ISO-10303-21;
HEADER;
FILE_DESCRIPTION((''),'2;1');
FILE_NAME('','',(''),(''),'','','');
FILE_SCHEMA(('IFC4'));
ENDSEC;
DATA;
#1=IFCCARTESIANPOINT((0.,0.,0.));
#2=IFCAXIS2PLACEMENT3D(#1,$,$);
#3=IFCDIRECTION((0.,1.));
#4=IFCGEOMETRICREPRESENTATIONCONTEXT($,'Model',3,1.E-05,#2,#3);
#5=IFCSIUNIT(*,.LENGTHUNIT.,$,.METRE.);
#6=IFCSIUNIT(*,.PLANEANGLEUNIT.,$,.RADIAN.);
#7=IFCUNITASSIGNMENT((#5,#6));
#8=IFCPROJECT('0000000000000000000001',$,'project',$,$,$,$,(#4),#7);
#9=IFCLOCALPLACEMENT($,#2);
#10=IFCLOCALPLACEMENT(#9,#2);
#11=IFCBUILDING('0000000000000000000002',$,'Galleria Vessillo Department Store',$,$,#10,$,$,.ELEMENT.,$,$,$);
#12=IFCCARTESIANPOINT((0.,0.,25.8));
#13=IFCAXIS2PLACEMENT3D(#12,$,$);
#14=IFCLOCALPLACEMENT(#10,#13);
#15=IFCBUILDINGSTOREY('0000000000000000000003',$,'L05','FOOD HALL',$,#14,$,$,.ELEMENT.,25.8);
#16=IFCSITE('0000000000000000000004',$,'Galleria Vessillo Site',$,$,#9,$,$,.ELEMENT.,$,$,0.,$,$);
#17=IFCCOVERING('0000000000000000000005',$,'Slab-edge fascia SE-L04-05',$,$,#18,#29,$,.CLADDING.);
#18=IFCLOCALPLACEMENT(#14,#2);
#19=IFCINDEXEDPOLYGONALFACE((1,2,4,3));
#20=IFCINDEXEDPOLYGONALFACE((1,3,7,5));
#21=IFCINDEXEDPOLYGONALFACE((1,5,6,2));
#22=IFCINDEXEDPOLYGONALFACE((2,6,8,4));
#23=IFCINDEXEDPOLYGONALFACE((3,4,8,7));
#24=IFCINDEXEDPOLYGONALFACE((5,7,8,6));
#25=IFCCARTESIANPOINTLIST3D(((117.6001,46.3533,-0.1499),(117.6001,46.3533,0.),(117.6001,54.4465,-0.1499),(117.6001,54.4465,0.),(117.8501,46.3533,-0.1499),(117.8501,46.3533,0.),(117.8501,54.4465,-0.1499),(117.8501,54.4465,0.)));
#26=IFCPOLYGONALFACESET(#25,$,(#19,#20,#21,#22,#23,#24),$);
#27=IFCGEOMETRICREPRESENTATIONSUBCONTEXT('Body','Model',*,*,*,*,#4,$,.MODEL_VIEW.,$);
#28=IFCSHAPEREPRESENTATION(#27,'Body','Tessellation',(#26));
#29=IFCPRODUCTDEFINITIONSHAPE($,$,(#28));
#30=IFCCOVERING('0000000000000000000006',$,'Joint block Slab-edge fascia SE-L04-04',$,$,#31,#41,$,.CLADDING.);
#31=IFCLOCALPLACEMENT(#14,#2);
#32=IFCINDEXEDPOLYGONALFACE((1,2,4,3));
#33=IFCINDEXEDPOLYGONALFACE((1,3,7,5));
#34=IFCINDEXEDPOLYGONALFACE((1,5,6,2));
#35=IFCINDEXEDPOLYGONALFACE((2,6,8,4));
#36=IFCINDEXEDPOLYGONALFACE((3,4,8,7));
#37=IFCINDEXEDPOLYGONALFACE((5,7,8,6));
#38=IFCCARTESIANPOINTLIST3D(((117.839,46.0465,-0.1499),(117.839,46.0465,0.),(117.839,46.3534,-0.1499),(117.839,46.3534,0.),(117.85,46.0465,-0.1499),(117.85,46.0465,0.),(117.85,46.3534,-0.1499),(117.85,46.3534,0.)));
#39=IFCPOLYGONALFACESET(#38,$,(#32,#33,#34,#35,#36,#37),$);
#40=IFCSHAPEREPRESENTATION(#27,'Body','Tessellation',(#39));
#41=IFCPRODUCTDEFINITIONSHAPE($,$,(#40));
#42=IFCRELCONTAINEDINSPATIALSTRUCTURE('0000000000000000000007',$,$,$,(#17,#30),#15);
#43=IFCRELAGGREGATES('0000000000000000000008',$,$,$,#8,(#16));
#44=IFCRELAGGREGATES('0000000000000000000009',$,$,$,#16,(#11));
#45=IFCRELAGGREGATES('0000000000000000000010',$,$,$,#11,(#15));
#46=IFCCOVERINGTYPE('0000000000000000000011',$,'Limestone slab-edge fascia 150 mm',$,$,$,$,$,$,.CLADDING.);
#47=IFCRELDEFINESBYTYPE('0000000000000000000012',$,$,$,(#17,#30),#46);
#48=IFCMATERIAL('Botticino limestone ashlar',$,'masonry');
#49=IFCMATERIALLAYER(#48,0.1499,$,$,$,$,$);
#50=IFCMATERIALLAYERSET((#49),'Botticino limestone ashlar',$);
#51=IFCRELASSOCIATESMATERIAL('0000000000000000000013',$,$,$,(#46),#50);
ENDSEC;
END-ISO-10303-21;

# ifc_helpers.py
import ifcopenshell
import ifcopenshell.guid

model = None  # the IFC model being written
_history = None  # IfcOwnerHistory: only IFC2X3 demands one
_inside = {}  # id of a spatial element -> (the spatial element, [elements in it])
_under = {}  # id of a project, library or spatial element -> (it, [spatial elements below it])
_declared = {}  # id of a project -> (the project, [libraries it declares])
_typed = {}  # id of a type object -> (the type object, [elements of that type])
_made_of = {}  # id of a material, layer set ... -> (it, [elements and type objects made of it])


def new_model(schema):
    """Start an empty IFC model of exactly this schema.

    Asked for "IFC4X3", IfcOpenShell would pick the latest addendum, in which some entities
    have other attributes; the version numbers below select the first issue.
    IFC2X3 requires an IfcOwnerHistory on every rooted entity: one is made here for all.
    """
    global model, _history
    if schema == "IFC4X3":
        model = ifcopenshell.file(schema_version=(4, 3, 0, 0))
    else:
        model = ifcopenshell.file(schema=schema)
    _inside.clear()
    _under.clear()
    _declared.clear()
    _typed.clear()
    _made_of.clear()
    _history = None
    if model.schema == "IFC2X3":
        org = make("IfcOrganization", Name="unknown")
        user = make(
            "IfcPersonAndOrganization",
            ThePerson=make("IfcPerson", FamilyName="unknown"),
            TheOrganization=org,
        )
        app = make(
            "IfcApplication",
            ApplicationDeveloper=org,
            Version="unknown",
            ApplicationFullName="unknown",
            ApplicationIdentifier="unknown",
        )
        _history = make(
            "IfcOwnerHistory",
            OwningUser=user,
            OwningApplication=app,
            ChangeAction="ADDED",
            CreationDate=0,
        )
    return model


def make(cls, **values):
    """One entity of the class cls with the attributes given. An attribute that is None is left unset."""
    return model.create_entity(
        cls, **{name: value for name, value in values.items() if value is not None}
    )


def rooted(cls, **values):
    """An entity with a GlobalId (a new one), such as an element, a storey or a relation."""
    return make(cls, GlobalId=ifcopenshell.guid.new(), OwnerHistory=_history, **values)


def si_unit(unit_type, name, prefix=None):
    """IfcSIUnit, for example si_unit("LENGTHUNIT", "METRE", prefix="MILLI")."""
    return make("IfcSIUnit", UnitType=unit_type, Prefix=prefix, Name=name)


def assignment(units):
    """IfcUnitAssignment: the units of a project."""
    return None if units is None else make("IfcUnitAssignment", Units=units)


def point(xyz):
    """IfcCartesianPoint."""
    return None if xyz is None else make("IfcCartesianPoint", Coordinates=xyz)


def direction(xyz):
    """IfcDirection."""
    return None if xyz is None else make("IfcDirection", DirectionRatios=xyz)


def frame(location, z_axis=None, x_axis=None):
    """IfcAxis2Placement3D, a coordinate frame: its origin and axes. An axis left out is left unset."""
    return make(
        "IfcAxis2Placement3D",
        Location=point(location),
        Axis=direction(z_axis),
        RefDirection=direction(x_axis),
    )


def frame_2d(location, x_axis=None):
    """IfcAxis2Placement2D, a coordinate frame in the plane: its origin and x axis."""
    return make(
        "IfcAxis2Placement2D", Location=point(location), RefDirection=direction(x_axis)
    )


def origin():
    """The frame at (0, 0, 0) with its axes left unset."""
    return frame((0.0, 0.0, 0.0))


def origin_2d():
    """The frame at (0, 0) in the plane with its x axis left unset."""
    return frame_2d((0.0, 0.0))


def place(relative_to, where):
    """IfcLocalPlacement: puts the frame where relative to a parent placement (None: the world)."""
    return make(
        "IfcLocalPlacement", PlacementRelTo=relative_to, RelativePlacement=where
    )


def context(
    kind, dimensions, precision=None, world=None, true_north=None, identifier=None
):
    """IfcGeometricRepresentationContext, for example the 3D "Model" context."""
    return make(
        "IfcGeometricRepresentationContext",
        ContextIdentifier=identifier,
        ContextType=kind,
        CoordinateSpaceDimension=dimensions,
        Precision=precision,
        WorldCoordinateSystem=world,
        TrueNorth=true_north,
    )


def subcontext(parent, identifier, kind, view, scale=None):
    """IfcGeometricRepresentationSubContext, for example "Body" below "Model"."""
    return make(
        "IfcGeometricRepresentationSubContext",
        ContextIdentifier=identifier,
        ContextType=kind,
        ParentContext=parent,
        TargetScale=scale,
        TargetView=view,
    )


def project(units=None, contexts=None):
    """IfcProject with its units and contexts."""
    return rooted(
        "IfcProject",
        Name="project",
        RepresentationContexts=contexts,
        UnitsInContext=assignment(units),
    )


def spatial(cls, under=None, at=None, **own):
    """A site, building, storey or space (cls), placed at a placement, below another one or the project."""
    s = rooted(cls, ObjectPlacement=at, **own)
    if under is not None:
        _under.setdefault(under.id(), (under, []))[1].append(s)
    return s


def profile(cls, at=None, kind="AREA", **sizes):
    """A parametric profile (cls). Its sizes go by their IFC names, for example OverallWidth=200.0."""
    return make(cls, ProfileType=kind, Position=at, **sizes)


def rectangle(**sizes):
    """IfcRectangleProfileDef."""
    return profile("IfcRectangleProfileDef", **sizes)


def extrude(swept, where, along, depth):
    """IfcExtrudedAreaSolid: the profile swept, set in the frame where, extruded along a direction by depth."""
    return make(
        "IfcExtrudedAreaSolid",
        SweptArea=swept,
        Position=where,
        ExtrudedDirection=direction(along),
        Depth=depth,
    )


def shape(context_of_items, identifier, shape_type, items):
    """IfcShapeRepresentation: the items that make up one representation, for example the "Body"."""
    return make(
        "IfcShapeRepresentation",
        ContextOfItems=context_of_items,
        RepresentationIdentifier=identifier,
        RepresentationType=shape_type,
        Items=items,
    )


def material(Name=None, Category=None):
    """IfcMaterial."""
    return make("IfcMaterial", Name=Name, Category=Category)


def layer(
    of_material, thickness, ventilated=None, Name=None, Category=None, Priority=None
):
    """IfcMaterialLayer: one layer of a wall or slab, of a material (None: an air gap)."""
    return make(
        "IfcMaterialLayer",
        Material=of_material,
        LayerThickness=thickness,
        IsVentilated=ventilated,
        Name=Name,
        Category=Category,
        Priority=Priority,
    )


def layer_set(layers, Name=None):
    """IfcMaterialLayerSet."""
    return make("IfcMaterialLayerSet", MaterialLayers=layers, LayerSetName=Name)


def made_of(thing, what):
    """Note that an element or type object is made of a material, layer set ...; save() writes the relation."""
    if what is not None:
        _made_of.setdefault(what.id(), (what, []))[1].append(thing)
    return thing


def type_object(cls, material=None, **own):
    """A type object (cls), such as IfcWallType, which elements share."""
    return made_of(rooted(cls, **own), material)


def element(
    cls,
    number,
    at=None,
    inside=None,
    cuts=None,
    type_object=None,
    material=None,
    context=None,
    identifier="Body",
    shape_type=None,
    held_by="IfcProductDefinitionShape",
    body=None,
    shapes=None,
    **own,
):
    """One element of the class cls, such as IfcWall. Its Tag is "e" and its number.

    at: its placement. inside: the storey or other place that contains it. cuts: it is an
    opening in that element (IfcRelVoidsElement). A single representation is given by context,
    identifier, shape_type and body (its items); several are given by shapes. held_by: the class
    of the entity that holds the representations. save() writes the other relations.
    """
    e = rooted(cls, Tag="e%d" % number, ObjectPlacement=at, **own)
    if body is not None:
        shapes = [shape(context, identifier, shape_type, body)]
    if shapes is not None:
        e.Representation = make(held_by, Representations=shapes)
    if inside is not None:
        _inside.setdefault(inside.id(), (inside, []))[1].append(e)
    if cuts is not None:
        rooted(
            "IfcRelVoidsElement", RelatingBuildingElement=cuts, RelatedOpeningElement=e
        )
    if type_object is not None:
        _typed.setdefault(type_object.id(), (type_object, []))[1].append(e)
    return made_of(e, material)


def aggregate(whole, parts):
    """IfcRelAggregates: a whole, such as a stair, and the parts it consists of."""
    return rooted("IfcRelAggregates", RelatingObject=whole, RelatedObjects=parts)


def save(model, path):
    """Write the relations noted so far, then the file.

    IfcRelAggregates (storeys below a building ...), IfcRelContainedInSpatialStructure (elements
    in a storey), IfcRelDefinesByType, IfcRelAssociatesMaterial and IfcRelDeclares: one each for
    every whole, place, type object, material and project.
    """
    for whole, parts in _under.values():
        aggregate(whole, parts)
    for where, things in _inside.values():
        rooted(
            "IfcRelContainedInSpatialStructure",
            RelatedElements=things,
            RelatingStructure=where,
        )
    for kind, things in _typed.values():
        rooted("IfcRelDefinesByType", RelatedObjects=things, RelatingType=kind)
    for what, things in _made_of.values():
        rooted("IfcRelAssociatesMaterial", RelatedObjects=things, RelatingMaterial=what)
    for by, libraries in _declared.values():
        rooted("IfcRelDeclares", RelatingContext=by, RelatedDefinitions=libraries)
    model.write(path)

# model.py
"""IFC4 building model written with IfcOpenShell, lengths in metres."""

from ifc_helpers import new_model, si_unit, direction, frame, origin, origin_2d, place, context, subcontext, project, spatial, rectangle, extrude, material, layer, layer_set, type_object, element, save


model = new_model("IFC4")

# Units and contexts
model_context = context("Model", 3, precision=1e-05, world=origin(), true_north=direction((0.0, 1.0)))
body_context = subcontext(model_context, "Body", "Model", "MODEL_VIEW")
ifc_project = project(units=[si_unit("LENGTHUNIT", "METRE"), si_unit("PLANEANGLEUNIT", "RADIAN")], contexts=[model_context])

# Site, building, storey
site_placement = place(None, origin())
site = spatial("IfcSite", under=ifc_project, at=site_placement, Name="Galleria Vessillo Site", CompositionType="ELEMENT", RefElevation=0.0)
building_placement = place(site_placement, origin())
building = spatial("IfcBuilding", under=site, at=building_placement, Name="Galleria Vessillo Department Store", CompositionType="ELEMENT")
storey_placement = place(building_placement, frame((0.0, 0.0, 25.8)))
storey = spatial("IfcBuildingStorey", under=building, at=storey_placement, Name="L05", Description="FOOD HALL", CompositionType="ELEMENT", Elevation=25.8)

# Coverings
ifc_material_1 = material(Name="Botticino limestone ashlar", Category="masonry")
ifc_layer_1 = layer(ifc_material_1, 0.1499)
ifc_layer_set_1 = layer_set([ifc_layer_1], Name="Botticino limestone ashlar")
covering_type_1 = type_object("IfcCoveringType", Name="Limestone slab-edge fascia 150 mm", PredefinedType="CLADDING", material=ifc_layer_set_1)
covering_1_placement = place(storey_placement, frame((117.7251, 50.3999, -0.1499), z_axis=(0.0, 0.0, 1.0), x_axis=(1.0, 0.0, 0.0)))
element("IfcCovering", 1, at=covering_1_placement, inside=storey, type_object=covering_type_1, Name="Slab-edge fascia SE-L04-05", PredefinedType="CLADDING", context=body_context, shape_type="SweptSolid", body=[
    extrude(rectangle(XDim=0.25, YDim=8.0933, at=origin_2d()), origin(), (0.0, 0.0, 1.0), 0.1499),
])
covering_2_placement = place(storey_placement, frame((117.8445, 46.2, -0.1499), z_axis=(0.0, 0.0, 1.0), x_axis=(1.0, 0.0, 0.0)))
element("IfcCovering", 2, at=covering_2_placement, inside=storey, type_object=covering_type_1, Name="Joint block Slab-edge fascia SE-L04-04", PredefinedType="CLADDING", context=body_context, shape_type="SweptSolid", body=[
    extrude(rectangle(XDim=0.011, YDim=0.3069, at=origin_2d()), origin(), (0.0, 0.0, 1.0), 0.1499),
])

save(model, "model.ifc")
